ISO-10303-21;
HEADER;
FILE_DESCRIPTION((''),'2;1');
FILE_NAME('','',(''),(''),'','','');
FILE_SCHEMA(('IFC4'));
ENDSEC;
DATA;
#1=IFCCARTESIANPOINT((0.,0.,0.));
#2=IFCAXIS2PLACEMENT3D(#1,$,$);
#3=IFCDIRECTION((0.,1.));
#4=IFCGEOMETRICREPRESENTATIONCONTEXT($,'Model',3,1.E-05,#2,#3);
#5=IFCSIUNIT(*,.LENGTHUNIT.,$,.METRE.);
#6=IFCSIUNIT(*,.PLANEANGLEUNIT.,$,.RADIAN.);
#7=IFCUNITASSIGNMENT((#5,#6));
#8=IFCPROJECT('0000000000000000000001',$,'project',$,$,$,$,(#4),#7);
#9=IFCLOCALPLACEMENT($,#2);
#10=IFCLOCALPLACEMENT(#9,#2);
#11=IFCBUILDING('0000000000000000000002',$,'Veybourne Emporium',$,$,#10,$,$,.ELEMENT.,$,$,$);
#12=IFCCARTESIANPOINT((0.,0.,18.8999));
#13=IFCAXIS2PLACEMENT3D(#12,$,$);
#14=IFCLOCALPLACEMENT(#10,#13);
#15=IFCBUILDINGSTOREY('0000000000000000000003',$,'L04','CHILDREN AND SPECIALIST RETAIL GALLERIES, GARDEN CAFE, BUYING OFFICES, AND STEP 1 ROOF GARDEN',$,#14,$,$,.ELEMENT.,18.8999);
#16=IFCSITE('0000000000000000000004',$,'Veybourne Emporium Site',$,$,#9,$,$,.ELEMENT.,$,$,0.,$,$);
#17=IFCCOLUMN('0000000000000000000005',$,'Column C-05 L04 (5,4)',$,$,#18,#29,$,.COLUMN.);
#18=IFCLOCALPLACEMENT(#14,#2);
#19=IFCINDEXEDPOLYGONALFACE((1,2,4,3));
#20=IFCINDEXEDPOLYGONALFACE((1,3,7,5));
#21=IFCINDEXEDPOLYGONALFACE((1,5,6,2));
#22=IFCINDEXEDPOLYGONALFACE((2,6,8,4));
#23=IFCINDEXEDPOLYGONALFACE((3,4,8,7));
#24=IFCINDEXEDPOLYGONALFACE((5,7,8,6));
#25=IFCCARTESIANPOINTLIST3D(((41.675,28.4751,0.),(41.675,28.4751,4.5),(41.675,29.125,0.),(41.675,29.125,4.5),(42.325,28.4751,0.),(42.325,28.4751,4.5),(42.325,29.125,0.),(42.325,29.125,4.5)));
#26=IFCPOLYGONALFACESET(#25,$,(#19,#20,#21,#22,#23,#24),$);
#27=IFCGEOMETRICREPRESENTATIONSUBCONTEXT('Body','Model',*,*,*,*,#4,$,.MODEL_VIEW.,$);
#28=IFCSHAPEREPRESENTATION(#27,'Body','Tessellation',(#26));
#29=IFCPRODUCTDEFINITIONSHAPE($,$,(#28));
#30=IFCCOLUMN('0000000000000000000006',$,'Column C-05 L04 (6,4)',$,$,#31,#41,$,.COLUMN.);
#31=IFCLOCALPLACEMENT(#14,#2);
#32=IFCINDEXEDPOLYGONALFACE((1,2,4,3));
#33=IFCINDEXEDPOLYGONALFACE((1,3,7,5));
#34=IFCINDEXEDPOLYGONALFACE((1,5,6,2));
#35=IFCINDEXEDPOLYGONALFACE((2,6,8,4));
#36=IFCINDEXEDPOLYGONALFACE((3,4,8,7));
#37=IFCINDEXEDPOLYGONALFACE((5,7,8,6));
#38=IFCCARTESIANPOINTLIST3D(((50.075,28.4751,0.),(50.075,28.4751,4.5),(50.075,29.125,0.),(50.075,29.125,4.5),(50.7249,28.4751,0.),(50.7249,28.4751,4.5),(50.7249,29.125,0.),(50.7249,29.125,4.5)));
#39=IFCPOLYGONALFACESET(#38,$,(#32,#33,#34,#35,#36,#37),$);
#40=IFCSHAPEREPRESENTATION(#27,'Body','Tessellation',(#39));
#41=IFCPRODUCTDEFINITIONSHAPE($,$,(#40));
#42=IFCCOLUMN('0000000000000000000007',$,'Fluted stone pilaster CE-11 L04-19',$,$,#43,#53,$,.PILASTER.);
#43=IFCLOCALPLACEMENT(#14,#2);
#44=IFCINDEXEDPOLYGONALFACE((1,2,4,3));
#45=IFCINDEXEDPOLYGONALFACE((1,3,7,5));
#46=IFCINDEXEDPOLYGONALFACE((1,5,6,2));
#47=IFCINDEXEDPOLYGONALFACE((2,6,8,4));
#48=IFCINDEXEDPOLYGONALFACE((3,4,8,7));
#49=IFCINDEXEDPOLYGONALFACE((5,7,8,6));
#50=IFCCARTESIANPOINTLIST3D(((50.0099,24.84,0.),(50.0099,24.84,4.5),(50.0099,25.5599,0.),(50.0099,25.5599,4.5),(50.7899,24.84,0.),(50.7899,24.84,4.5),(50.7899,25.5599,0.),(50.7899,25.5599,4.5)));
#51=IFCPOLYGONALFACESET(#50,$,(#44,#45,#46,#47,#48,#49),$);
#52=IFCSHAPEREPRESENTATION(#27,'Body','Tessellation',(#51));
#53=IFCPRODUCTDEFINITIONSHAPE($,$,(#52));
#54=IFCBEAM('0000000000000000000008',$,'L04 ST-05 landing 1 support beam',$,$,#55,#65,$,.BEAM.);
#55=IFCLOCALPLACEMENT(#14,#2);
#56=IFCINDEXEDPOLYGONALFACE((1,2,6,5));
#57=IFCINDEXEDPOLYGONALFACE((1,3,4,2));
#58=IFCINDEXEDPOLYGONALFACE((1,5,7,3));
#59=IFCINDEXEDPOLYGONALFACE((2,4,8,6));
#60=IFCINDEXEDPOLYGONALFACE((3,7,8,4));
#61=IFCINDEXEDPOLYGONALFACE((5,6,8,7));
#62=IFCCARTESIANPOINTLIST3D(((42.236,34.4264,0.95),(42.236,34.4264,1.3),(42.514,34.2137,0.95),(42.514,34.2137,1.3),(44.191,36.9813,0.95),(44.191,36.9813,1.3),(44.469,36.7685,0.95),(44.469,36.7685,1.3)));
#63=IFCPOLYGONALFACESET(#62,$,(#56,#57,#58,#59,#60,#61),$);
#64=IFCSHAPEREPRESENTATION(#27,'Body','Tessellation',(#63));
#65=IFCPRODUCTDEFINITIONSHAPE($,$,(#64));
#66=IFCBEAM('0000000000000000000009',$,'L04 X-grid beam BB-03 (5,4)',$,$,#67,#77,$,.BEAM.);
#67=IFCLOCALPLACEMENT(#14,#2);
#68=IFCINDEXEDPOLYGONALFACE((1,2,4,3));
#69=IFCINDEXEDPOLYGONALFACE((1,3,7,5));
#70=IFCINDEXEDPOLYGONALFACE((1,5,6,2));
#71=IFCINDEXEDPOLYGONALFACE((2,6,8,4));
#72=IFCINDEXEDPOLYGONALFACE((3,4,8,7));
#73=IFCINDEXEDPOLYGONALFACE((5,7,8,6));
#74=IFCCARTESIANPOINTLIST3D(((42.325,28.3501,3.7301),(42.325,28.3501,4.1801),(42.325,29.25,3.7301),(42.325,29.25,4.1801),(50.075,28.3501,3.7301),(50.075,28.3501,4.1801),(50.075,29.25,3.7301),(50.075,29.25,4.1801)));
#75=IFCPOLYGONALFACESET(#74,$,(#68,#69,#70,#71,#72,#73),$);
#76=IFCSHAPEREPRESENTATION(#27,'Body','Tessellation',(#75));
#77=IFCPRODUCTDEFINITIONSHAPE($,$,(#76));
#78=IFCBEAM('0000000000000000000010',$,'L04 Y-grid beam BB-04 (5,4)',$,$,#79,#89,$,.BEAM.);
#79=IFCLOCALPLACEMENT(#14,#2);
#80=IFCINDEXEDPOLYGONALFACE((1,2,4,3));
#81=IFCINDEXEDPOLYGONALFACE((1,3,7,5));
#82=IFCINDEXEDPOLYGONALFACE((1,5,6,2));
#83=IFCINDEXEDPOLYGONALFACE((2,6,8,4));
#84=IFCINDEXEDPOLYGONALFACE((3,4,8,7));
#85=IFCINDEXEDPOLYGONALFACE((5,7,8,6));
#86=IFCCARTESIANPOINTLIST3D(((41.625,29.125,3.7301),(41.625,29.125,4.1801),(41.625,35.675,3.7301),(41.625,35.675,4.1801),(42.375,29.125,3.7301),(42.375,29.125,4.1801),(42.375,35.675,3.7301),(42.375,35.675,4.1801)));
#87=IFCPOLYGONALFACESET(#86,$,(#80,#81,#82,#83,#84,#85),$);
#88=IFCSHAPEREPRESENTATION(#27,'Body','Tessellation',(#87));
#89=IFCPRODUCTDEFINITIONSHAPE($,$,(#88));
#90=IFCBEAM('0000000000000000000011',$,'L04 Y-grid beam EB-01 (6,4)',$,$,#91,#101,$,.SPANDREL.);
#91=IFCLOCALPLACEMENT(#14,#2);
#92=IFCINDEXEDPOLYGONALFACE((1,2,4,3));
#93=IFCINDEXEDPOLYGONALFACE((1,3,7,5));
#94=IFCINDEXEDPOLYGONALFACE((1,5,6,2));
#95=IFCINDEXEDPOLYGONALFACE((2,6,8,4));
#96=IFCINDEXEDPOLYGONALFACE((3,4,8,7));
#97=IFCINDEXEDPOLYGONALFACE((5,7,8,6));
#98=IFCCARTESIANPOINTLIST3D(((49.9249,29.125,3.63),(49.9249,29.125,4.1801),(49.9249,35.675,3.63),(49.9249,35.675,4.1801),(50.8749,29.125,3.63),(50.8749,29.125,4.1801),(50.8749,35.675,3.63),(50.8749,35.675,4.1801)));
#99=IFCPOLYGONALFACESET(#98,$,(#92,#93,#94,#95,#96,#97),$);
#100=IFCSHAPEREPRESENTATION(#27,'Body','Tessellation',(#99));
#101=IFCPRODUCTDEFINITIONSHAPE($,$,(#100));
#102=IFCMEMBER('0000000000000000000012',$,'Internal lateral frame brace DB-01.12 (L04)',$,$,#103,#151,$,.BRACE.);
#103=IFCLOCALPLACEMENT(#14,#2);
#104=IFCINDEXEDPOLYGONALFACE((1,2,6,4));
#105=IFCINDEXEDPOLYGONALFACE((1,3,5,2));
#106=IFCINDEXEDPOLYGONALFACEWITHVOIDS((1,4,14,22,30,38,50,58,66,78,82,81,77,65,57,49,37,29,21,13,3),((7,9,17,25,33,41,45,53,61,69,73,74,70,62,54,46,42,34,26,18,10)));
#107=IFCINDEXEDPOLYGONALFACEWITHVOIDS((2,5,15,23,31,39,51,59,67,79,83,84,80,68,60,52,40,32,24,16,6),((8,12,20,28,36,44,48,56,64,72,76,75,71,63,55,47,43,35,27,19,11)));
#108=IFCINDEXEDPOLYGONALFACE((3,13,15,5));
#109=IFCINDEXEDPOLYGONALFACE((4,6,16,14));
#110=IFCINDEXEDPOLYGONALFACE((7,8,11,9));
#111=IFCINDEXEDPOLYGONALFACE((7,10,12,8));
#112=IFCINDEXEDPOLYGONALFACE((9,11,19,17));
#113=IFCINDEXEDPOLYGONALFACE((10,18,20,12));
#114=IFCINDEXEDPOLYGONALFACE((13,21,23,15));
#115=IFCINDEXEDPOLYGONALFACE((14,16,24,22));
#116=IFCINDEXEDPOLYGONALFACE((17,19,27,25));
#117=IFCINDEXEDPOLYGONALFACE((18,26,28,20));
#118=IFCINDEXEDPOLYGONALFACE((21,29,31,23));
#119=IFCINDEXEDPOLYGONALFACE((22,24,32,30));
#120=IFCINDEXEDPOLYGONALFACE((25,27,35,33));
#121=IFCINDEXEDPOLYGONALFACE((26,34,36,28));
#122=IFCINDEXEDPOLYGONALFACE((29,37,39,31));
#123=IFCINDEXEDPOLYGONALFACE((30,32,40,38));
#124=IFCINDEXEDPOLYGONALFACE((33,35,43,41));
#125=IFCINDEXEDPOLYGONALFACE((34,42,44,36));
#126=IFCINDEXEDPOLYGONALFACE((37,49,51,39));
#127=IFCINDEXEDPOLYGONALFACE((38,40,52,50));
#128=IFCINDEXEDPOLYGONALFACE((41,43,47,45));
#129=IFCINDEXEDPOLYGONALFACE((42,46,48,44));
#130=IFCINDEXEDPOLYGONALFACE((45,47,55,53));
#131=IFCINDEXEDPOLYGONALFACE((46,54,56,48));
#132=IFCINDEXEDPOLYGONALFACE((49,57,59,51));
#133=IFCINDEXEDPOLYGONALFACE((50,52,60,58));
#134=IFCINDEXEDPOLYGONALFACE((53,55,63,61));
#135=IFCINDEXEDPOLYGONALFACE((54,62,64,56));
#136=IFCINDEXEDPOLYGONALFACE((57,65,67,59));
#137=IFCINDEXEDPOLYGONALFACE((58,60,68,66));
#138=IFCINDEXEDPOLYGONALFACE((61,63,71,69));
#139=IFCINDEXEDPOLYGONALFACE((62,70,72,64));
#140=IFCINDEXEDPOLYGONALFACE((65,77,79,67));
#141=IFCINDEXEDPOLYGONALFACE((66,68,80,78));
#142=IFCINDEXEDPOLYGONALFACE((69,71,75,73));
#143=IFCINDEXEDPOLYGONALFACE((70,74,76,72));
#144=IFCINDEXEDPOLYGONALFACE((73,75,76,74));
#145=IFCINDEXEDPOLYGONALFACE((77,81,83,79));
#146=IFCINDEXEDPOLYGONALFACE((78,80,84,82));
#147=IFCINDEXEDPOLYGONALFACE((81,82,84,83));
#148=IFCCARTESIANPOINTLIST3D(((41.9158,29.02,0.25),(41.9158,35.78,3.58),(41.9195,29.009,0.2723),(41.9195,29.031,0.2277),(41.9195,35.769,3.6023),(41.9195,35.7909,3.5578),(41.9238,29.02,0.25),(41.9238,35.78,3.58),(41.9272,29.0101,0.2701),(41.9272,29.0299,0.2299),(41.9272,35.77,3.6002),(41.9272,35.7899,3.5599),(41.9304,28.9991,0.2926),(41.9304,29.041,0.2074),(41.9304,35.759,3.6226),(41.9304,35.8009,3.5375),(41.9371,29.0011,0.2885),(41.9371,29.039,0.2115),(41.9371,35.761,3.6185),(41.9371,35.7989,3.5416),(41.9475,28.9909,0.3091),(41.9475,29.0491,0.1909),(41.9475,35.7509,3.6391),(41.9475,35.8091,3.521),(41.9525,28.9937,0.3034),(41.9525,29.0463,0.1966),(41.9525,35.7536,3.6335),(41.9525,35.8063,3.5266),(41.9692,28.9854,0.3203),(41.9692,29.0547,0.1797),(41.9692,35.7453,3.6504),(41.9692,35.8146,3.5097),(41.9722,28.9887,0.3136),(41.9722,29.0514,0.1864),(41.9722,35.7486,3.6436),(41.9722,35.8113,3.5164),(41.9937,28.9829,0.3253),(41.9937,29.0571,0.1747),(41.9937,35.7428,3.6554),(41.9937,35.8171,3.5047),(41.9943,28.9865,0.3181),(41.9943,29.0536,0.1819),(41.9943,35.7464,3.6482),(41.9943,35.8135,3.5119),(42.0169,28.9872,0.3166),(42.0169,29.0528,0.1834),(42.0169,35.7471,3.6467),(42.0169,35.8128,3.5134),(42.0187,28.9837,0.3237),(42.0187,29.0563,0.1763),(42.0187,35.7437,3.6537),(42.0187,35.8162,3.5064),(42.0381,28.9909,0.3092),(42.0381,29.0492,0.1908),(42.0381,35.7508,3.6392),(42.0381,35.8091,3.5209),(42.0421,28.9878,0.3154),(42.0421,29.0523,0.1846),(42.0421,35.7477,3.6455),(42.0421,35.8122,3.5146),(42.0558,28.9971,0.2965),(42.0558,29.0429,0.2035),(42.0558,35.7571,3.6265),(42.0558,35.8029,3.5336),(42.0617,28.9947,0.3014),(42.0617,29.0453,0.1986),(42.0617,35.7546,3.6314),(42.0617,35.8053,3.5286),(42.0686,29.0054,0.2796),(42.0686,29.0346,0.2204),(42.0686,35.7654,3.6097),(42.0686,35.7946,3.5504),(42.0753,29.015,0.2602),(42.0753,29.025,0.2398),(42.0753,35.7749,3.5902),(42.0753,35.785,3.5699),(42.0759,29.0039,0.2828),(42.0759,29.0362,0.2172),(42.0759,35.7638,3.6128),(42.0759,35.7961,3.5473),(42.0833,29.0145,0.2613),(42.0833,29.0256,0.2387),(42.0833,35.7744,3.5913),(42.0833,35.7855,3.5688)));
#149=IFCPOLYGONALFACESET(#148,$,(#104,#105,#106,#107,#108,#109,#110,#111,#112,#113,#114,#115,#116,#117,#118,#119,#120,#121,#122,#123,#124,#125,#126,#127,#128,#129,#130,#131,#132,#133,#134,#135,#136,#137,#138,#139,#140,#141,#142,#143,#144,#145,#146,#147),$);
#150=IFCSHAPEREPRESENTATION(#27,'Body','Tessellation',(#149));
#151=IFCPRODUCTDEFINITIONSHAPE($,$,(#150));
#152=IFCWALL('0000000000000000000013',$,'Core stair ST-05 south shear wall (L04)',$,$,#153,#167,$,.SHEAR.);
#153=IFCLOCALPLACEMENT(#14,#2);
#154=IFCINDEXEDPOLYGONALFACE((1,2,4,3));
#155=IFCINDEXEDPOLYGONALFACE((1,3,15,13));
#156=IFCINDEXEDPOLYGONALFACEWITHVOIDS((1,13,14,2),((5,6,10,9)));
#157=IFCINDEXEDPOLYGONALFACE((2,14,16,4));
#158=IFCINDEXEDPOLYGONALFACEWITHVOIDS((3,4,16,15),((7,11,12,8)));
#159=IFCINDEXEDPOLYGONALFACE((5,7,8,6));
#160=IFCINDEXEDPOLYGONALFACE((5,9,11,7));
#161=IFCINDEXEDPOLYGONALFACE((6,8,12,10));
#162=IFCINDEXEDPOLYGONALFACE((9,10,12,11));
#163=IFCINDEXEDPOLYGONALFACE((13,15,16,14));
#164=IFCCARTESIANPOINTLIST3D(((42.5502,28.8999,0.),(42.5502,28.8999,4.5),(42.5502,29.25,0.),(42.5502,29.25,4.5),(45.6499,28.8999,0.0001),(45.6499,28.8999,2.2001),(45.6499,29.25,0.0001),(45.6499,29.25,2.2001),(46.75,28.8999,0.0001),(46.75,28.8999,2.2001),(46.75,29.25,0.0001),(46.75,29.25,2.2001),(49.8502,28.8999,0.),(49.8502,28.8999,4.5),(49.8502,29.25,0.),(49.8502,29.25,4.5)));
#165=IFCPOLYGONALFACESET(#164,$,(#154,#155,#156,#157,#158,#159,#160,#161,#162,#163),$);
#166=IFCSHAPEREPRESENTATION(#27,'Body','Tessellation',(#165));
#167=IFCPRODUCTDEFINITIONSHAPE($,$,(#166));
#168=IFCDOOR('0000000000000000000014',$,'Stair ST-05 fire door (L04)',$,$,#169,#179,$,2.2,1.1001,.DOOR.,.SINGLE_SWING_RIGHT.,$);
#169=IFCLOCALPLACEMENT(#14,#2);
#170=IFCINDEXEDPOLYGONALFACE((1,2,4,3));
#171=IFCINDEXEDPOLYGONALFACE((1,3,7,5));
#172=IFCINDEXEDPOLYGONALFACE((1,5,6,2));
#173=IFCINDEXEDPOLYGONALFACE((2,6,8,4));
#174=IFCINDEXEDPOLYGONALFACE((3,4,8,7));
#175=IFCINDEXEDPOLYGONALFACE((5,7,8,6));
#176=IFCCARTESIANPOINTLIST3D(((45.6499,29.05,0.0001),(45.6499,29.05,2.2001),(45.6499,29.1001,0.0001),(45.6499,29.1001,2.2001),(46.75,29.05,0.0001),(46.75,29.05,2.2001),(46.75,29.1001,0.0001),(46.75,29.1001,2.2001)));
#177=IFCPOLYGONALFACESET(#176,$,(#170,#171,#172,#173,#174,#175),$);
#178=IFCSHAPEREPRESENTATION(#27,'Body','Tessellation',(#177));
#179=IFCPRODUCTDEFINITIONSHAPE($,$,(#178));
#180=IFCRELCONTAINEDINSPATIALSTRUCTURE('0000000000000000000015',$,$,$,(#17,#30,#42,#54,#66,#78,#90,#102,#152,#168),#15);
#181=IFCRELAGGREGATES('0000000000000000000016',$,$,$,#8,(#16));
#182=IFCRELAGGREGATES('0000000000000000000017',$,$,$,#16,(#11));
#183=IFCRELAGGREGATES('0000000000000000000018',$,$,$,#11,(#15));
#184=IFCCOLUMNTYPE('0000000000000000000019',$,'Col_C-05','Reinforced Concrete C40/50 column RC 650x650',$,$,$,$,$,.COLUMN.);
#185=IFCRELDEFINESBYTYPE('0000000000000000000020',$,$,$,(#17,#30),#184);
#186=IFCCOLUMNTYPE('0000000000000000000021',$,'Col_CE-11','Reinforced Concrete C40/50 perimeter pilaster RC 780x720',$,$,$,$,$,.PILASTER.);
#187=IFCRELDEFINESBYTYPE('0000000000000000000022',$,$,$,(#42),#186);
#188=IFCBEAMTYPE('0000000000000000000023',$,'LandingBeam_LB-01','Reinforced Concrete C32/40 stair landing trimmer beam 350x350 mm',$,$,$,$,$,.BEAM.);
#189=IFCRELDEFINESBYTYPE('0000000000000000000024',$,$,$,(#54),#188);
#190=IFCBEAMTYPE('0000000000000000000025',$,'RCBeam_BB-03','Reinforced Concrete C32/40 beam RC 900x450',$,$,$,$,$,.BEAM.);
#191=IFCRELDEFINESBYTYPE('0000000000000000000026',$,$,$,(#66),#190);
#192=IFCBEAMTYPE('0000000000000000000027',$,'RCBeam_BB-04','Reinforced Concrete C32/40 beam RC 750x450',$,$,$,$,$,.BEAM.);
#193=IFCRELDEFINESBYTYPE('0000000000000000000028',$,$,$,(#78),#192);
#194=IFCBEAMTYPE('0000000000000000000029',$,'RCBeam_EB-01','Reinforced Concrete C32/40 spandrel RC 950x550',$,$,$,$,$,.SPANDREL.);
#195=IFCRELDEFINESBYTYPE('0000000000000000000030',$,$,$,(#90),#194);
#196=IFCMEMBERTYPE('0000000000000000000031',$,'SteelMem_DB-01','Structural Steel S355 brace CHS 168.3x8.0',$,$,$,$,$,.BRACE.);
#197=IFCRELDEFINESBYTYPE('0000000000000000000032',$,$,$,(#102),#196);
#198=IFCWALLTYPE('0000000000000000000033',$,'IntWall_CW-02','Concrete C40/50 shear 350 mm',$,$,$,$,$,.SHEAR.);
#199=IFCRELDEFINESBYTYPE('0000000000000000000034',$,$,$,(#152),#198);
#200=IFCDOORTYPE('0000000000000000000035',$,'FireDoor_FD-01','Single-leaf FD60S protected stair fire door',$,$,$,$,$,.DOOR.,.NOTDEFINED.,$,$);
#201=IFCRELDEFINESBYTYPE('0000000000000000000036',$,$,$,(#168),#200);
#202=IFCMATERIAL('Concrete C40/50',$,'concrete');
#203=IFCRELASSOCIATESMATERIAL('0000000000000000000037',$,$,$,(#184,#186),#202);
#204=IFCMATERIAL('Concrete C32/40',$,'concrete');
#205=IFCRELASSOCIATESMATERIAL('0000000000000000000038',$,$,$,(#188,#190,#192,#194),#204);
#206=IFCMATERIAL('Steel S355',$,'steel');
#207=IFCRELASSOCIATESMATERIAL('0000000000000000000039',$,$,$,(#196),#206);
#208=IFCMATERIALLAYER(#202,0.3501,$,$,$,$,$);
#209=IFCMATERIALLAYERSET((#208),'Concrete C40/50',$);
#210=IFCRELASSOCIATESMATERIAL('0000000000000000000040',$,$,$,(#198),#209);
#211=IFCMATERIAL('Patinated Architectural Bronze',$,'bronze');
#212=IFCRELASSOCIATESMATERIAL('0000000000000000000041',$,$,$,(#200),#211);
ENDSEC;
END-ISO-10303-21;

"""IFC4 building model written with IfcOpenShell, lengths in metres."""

from ifc_helpers import new_model, si_unit, direction, frame, frame_2d, origin, origin_2d, place, context, subcontext, project, spatial, rectangle, hollow_circle, extrude, material, layer, layer_set, material_profile, profile_set, type_object, element, fill, save


model = new_model("IFC4")

# Units and contexts
model_context = context("Model", 3, precision=1e-05, world=origin(), true_north=direction((0.0, 1.0)))
body_context = subcontext(model_context, "Body", "Model", "MODEL_VIEW")
ifc_project = project(units=[si_unit("LENGTHUNIT", "METRE"), si_unit("PLANEANGLEUNIT", "RADIAN")], contexts=[model_context])

# Site, building, storey
site_placement = place(None, origin())
site = spatial("IfcSite", under=ifc_project, at=site_placement, Name="Veybourne Emporium Site", CompositionType="ELEMENT", RefElevation=0.0)
building_placement = place(site_placement, origin())
building = spatial("IfcBuilding", under=site, at=building_placement, Name="Veybourne Emporium", CompositionType="ELEMENT")
storey_placement = place(building_placement, frame((0.0, 0.0, 18.8999)))
storey = spatial("IfcBuildingStorey", under=building, at=storey_placement, Name="L04", Description="CHILDREN AND SPECIALIST RETAIL GALLERIES, GARDEN CAFE, BUYING OFFICES, AND STEP 1 ROOF GARDEN", CompositionType="ELEMENT", Elevation=18.8999)

# Columns
ifc_material_1 = material(Name="Concrete C40/50", Category="concrete")
ifc_material_profile_1 = material_profile(ifc_material_1, rectangle(XDim=0.6499, YDim=0.6499, at=origin_2d()), Name="RC 650x650")
ifc_profile_set_1 = profile_set([ifc_material_profile_1], Name="Concrete C40/50")
column_type_1 = type_object("IfcColumnType", Name="Col_C-05", Description="Reinforced Concrete C40/50 column RC 650x650", PredefinedType="COLUMN", material=ifc_profile_set_1)
for number, where, z_axis, x_axis, name in (
    (1, (42.0, 28.8, 0.0), (0.0, 0.0, 1.0), (1.0, 0.0, 0.0), "Column C-05 L04 (5,4)"),
    (2, (50.3999, 28.8, 0.0), (0.0, 0.0, 1.0), (1.0, 0.0, 0.0), "Column C-05 L04 (6,4)"),
):
    element("IfcColumn", number, at=place(storey_placement, frame(where, z_axis=z_axis, x_axis=x_axis)), inside=storey, type_object=column_type_1, Name=name, PredefinedType="COLUMN", context=body_context, shape_type="SweptSolid", body=[
        extrude(rectangle(XDim=0.6499, YDim=0.6499, at=origin_2d()), origin(), (0.0, 0.0, 1.0), 4.5),
    ])
ifc_material_profile_2 = material_profile(ifc_material_1, rectangle(XDim=0.78, YDim=0.72, at=origin_2d()), Name="RC 780x720")
ifc_profile_set_2 = profile_set([ifc_material_profile_2], Name="Concrete C40/50")
column_type_2 = type_object("IfcColumnType", Name="Col_CE-11", Description="Reinforced Concrete C40/50 perimeter pilaster RC 780x720", PredefinedType="PILASTER", material=ifc_profile_set_2)
column_placement = place(storey_placement, frame((50.3999, 25.2, 0.0), z_axis=(0.0, 0.0, 1.0), x_axis=(1.0, 0.0, 0.0)))
element("IfcColumn", 3, at=column_placement, inside=storey, type_object=column_type_2, Name="Fluted stone pilaster CE-11 L04-19", PredefinedType="PILASTER", context=body_context, shape_type="SweptSolid", body=[
    extrude(rectangle(XDim=0.78, YDim=0.72, at=origin_2d()), origin(), (0.0, 0.0, 1.0), 4.5),
])

# Beams
ifc_material_2 = material(Name="Concrete C32/40", Category="concrete")
ifc_material_profile_3 = material_profile(ifc_material_2, rectangle(XDim=0.3501, YDim=0.3501, at=origin_2d()), Name="RC 350x350")
ifc_profile_set_3 = profile_set([ifc_material_profile_3], Name="Concrete C32/40")
beam_type_1 = type_object("IfcBeamType", Name="LandingBeam_LB-01", Description="Reinforced Concrete C32/40 stair landing trimmer beam 350x350 mm", PredefinedType="BEAM", material=ifc_profile_set_3)
beam_1_placement = place(storey_placement, frame((42.375, 34.3201, 1.125), z_axis=(0.607706, 0.794162, 0.0), x_axis=(-0.794162, 0.607706, 0.0)))
element("IfcBeam", 4, at=beam_1_placement, inside=storey, type_object=beam_type_1, Name="L04 ST-05 landing 1 support beam", PredefinedType="BEAM", context=body_context, shape_type="SweptSolid", body=[
    extrude(rectangle(XDim=0.3501, YDim=0.3501, at=origin_2d()), origin(), (0.0, 0.0, 1.0), 3.217),
])
ifc_material_profile_4 = material_profile(ifc_material_2, rectangle(XDim=0.8999, YDim=0.45, at=origin_2d()), Name="RC 900x450")
ifc_profile_set_4 = profile_set([ifc_material_profile_4], Name="Concrete C32/40")
beam_type_2 = type_object("IfcBeamType", Name="RCBeam_BB-03", Description="Reinforced Concrete C32/40 beam RC 900x450", PredefinedType="BEAM", material=ifc_profile_set_4)
beam_2_placement = place(storey_placement, frame((42.325, 28.8, 3.9551), z_axis=(1.0, 0.0, 0.0), x_axis=(0.0, 1.0, 0.0)))
element("IfcBeam", 5, at=beam_2_placement, inside=storey, type_object=beam_type_2, Name="L04 X-grid beam BB-03 (5,4)", PredefinedType="BEAM", context=body_context, shape_type="SweptSolid", body=[
    extrude(rectangle(XDim=0.8999, YDim=0.45, at=origin_2d()), origin(), (0.0, 0.0, 1.0), 7.75),
])
ifc_material_profile_5 = material_profile(ifc_material_2, rectangle(XDim=0.75, YDim=0.45, at=origin_2d()), Name="RC 750x450")
ifc_profile_set_5 = profile_set([ifc_material_profile_5], Name="Concrete C32/40")
beam_type_3 = type_object("IfcBeamType", Name="RCBeam_BB-04", Description="Reinforced Concrete C32/40 beam RC 750x450", PredefinedType="BEAM", material=ifc_profile_set_5)
beam_3_placement = place(storey_placement, frame((42.0, 29.125, 3.9551), z_axis=(0.0, 1.0, 0.0), x_axis=(-1.0, 0.0, 0.0)))
element("IfcBeam", 6, at=beam_3_placement, inside=storey, type_object=beam_type_3, Name="L04 Y-grid beam BB-04 (5,4)", PredefinedType="BEAM", context=body_context, shape_type="SweptSolid", body=[
    extrude(rectangle(XDim=0.75, YDim=0.45, at=origin_2d()), origin(), (0.0, 0.0, 1.0), 6.55),
])
ifc_material_profile_6 = material_profile(ifc_material_2, rectangle(XDim=0.95, YDim=0.55, at=origin_2d()), Name="RC 950x550")
ifc_profile_set_6 = profile_set([ifc_material_profile_6], Name="Concrete C32/40")
beam_type_4 = type_object("IfcBeamType", Name="RCBeam_EB-01", Description="Reinforced Concrete C32/40 spandrel RC 950x550", PredefinedType="SPANDREL", material=ifc_profile_set_6)
beam_4_placement = place(storey_placement, frame((50.3999, 29.125, 3.905), z_axis=(0.0, 1.0, 0.0), x_axis=(-1.0, 0.0, 0.0)))
element("IfcBeam", 7, at=beam_4_placement, inside=storey, type_object=beam_type_4, Name="L04 Y-grid beam EB-01 (6,4)", PredefinedType="SPANDREL", context=body_context, shape_type="SweptSolid", body=[
    extrude(rectangle(XDim=0.95, YDim=0.55, at=origin_2d()), origin(), (0.0, 0.0, 1.0), 6.55),
])

# Member
ifc_material_3 = material(Name="Steel S355", Category="steel")
ifc_material_profile_7 = material_profile(ifc_material_3, hollow_circle(Radius=0.0842, WallThickness=0.0081, at=origin_2d()), Name="CHS 168.3x8.0")
ifc_profile_set_7 = profile_set([ifc_material_profile_7], Name="Steel S355")
member_type = type_object("IfcMemberType", Name="SteelMem_DB-01", Description="Structural Steel S355 brace CHS 168.3x8.0", PredefinedType="BRACE", material=ifc_profile_set_7)
member_placement = place(storey_placement, frame((42.0, 29.02, 0.25), z_axis=(0.0, 0.897062, 0.441905), x_axis=(-1.0, 0.0, 0.0)))
element("IfcMember", 8, at=member_placement, inside=storey, type_object=member_type, Name="Internal lateral frame brace DB-01.12 (L04)", PredefinedType="BRACE", context=body_context, shape_type="SweptSolid", body=[
    extrude(hollow_circle(Radius=0.0842, WallThickness=0.0081, at=origin_2d()), origin(), (0.0, 0.0, 1.0), 7.5356),
])

# Wall, opening, door
ifc_layer_1 = layer(ifc_material_1, 0.3501)
ifc_layer_set_1 = layer_set([ifc_layer_1], Name="Concrete C40/50")
wall_type_1 = type_object("IfcWallType", Name="IntWall_CW-02", Description="Concrete C40/50 shear 350 mm", PredefinedType="SHEAR", material=ifc_layer_set_1)
wall_1_placement = place(storey_placement, frame((49.8501, 29.075, 0.0), z_axis=(0.0, 0.0, 1.0), x_axis=(-1.0, 0.0, 0.0)))
wall_1 = element("IfcWall", 9, at=wall_1_placement, inside=storey, type_object=wall_type_1, Name="Core stair ST-05 south shear wall (L04)", PredefinedType="SHEAR", context=body_context, shape_type="SweptSolid", body=[
    extrude(rectangle(XDim=7.3, YDim=0.3501, at=frame_2d((3.6499, 0.0))), origin(), (0.0, 0.0, 1.0), 4.5),
])
opening_1_placement = place(wall_1_placement, frame((3.1001, 0.0, 0.0)))
opening_1 = element("IfcOpeningElement", 10, at=opening_1_placement, cuts=wall_1, PredefinedType="OPENING", context=body_context, shape_type="SweptSolid", body=[
    extrude(rectangle(XDim=1.1001, YDim=2.2, at=frame_2d((0.55, 1.1001))), frame((0.0, 0.1951, 0.0), z_axis=(0.0, -1.0, 0.0), x_axis=(1.0, 0.0, 0.0)), (0.0, 0.0, 1.0), 0.3901),
])
ifc_material_4 = material(Name="Patinated Architectural Bronze", Category="bronze")
door_type_1 = type_object("IfcDoorType", Name="FireDoor_FD-01", Description="Single-leaf FD60S protected stair fire door", OperationType="NOTDEFINED", PredefinedType="DOOR", material=ifc_material_4)
door_1_placement = place(opening_1_placement, origin())
door_1 = element("IfcDoor", 11, at=door_1_placement, inside=storey, type_object=door_type_1, Name="Stair ST-05 fire door (L04)", OperationType="SINGLE_SWING_RIGHT", OverallHeight=2.2, OverallWidth=1.1001, PredefinedType="DOOR", context=body_context, shape_type="SweptSolid", body=[
    extrude(rectangle(XDim=1.1001, YDim=2.2, at=frame_2d((0.55, 1.1001))), frame((0.0, 0.0249, 0.0), z_axis=(0.0, -1.0, 0.0), x_axis=(1.0, 0.0, 0.0)), (0.0, 0.0, 1.0), 0.05),
])
fill(opening_1, door_1)

save(model, "model.ifc")
